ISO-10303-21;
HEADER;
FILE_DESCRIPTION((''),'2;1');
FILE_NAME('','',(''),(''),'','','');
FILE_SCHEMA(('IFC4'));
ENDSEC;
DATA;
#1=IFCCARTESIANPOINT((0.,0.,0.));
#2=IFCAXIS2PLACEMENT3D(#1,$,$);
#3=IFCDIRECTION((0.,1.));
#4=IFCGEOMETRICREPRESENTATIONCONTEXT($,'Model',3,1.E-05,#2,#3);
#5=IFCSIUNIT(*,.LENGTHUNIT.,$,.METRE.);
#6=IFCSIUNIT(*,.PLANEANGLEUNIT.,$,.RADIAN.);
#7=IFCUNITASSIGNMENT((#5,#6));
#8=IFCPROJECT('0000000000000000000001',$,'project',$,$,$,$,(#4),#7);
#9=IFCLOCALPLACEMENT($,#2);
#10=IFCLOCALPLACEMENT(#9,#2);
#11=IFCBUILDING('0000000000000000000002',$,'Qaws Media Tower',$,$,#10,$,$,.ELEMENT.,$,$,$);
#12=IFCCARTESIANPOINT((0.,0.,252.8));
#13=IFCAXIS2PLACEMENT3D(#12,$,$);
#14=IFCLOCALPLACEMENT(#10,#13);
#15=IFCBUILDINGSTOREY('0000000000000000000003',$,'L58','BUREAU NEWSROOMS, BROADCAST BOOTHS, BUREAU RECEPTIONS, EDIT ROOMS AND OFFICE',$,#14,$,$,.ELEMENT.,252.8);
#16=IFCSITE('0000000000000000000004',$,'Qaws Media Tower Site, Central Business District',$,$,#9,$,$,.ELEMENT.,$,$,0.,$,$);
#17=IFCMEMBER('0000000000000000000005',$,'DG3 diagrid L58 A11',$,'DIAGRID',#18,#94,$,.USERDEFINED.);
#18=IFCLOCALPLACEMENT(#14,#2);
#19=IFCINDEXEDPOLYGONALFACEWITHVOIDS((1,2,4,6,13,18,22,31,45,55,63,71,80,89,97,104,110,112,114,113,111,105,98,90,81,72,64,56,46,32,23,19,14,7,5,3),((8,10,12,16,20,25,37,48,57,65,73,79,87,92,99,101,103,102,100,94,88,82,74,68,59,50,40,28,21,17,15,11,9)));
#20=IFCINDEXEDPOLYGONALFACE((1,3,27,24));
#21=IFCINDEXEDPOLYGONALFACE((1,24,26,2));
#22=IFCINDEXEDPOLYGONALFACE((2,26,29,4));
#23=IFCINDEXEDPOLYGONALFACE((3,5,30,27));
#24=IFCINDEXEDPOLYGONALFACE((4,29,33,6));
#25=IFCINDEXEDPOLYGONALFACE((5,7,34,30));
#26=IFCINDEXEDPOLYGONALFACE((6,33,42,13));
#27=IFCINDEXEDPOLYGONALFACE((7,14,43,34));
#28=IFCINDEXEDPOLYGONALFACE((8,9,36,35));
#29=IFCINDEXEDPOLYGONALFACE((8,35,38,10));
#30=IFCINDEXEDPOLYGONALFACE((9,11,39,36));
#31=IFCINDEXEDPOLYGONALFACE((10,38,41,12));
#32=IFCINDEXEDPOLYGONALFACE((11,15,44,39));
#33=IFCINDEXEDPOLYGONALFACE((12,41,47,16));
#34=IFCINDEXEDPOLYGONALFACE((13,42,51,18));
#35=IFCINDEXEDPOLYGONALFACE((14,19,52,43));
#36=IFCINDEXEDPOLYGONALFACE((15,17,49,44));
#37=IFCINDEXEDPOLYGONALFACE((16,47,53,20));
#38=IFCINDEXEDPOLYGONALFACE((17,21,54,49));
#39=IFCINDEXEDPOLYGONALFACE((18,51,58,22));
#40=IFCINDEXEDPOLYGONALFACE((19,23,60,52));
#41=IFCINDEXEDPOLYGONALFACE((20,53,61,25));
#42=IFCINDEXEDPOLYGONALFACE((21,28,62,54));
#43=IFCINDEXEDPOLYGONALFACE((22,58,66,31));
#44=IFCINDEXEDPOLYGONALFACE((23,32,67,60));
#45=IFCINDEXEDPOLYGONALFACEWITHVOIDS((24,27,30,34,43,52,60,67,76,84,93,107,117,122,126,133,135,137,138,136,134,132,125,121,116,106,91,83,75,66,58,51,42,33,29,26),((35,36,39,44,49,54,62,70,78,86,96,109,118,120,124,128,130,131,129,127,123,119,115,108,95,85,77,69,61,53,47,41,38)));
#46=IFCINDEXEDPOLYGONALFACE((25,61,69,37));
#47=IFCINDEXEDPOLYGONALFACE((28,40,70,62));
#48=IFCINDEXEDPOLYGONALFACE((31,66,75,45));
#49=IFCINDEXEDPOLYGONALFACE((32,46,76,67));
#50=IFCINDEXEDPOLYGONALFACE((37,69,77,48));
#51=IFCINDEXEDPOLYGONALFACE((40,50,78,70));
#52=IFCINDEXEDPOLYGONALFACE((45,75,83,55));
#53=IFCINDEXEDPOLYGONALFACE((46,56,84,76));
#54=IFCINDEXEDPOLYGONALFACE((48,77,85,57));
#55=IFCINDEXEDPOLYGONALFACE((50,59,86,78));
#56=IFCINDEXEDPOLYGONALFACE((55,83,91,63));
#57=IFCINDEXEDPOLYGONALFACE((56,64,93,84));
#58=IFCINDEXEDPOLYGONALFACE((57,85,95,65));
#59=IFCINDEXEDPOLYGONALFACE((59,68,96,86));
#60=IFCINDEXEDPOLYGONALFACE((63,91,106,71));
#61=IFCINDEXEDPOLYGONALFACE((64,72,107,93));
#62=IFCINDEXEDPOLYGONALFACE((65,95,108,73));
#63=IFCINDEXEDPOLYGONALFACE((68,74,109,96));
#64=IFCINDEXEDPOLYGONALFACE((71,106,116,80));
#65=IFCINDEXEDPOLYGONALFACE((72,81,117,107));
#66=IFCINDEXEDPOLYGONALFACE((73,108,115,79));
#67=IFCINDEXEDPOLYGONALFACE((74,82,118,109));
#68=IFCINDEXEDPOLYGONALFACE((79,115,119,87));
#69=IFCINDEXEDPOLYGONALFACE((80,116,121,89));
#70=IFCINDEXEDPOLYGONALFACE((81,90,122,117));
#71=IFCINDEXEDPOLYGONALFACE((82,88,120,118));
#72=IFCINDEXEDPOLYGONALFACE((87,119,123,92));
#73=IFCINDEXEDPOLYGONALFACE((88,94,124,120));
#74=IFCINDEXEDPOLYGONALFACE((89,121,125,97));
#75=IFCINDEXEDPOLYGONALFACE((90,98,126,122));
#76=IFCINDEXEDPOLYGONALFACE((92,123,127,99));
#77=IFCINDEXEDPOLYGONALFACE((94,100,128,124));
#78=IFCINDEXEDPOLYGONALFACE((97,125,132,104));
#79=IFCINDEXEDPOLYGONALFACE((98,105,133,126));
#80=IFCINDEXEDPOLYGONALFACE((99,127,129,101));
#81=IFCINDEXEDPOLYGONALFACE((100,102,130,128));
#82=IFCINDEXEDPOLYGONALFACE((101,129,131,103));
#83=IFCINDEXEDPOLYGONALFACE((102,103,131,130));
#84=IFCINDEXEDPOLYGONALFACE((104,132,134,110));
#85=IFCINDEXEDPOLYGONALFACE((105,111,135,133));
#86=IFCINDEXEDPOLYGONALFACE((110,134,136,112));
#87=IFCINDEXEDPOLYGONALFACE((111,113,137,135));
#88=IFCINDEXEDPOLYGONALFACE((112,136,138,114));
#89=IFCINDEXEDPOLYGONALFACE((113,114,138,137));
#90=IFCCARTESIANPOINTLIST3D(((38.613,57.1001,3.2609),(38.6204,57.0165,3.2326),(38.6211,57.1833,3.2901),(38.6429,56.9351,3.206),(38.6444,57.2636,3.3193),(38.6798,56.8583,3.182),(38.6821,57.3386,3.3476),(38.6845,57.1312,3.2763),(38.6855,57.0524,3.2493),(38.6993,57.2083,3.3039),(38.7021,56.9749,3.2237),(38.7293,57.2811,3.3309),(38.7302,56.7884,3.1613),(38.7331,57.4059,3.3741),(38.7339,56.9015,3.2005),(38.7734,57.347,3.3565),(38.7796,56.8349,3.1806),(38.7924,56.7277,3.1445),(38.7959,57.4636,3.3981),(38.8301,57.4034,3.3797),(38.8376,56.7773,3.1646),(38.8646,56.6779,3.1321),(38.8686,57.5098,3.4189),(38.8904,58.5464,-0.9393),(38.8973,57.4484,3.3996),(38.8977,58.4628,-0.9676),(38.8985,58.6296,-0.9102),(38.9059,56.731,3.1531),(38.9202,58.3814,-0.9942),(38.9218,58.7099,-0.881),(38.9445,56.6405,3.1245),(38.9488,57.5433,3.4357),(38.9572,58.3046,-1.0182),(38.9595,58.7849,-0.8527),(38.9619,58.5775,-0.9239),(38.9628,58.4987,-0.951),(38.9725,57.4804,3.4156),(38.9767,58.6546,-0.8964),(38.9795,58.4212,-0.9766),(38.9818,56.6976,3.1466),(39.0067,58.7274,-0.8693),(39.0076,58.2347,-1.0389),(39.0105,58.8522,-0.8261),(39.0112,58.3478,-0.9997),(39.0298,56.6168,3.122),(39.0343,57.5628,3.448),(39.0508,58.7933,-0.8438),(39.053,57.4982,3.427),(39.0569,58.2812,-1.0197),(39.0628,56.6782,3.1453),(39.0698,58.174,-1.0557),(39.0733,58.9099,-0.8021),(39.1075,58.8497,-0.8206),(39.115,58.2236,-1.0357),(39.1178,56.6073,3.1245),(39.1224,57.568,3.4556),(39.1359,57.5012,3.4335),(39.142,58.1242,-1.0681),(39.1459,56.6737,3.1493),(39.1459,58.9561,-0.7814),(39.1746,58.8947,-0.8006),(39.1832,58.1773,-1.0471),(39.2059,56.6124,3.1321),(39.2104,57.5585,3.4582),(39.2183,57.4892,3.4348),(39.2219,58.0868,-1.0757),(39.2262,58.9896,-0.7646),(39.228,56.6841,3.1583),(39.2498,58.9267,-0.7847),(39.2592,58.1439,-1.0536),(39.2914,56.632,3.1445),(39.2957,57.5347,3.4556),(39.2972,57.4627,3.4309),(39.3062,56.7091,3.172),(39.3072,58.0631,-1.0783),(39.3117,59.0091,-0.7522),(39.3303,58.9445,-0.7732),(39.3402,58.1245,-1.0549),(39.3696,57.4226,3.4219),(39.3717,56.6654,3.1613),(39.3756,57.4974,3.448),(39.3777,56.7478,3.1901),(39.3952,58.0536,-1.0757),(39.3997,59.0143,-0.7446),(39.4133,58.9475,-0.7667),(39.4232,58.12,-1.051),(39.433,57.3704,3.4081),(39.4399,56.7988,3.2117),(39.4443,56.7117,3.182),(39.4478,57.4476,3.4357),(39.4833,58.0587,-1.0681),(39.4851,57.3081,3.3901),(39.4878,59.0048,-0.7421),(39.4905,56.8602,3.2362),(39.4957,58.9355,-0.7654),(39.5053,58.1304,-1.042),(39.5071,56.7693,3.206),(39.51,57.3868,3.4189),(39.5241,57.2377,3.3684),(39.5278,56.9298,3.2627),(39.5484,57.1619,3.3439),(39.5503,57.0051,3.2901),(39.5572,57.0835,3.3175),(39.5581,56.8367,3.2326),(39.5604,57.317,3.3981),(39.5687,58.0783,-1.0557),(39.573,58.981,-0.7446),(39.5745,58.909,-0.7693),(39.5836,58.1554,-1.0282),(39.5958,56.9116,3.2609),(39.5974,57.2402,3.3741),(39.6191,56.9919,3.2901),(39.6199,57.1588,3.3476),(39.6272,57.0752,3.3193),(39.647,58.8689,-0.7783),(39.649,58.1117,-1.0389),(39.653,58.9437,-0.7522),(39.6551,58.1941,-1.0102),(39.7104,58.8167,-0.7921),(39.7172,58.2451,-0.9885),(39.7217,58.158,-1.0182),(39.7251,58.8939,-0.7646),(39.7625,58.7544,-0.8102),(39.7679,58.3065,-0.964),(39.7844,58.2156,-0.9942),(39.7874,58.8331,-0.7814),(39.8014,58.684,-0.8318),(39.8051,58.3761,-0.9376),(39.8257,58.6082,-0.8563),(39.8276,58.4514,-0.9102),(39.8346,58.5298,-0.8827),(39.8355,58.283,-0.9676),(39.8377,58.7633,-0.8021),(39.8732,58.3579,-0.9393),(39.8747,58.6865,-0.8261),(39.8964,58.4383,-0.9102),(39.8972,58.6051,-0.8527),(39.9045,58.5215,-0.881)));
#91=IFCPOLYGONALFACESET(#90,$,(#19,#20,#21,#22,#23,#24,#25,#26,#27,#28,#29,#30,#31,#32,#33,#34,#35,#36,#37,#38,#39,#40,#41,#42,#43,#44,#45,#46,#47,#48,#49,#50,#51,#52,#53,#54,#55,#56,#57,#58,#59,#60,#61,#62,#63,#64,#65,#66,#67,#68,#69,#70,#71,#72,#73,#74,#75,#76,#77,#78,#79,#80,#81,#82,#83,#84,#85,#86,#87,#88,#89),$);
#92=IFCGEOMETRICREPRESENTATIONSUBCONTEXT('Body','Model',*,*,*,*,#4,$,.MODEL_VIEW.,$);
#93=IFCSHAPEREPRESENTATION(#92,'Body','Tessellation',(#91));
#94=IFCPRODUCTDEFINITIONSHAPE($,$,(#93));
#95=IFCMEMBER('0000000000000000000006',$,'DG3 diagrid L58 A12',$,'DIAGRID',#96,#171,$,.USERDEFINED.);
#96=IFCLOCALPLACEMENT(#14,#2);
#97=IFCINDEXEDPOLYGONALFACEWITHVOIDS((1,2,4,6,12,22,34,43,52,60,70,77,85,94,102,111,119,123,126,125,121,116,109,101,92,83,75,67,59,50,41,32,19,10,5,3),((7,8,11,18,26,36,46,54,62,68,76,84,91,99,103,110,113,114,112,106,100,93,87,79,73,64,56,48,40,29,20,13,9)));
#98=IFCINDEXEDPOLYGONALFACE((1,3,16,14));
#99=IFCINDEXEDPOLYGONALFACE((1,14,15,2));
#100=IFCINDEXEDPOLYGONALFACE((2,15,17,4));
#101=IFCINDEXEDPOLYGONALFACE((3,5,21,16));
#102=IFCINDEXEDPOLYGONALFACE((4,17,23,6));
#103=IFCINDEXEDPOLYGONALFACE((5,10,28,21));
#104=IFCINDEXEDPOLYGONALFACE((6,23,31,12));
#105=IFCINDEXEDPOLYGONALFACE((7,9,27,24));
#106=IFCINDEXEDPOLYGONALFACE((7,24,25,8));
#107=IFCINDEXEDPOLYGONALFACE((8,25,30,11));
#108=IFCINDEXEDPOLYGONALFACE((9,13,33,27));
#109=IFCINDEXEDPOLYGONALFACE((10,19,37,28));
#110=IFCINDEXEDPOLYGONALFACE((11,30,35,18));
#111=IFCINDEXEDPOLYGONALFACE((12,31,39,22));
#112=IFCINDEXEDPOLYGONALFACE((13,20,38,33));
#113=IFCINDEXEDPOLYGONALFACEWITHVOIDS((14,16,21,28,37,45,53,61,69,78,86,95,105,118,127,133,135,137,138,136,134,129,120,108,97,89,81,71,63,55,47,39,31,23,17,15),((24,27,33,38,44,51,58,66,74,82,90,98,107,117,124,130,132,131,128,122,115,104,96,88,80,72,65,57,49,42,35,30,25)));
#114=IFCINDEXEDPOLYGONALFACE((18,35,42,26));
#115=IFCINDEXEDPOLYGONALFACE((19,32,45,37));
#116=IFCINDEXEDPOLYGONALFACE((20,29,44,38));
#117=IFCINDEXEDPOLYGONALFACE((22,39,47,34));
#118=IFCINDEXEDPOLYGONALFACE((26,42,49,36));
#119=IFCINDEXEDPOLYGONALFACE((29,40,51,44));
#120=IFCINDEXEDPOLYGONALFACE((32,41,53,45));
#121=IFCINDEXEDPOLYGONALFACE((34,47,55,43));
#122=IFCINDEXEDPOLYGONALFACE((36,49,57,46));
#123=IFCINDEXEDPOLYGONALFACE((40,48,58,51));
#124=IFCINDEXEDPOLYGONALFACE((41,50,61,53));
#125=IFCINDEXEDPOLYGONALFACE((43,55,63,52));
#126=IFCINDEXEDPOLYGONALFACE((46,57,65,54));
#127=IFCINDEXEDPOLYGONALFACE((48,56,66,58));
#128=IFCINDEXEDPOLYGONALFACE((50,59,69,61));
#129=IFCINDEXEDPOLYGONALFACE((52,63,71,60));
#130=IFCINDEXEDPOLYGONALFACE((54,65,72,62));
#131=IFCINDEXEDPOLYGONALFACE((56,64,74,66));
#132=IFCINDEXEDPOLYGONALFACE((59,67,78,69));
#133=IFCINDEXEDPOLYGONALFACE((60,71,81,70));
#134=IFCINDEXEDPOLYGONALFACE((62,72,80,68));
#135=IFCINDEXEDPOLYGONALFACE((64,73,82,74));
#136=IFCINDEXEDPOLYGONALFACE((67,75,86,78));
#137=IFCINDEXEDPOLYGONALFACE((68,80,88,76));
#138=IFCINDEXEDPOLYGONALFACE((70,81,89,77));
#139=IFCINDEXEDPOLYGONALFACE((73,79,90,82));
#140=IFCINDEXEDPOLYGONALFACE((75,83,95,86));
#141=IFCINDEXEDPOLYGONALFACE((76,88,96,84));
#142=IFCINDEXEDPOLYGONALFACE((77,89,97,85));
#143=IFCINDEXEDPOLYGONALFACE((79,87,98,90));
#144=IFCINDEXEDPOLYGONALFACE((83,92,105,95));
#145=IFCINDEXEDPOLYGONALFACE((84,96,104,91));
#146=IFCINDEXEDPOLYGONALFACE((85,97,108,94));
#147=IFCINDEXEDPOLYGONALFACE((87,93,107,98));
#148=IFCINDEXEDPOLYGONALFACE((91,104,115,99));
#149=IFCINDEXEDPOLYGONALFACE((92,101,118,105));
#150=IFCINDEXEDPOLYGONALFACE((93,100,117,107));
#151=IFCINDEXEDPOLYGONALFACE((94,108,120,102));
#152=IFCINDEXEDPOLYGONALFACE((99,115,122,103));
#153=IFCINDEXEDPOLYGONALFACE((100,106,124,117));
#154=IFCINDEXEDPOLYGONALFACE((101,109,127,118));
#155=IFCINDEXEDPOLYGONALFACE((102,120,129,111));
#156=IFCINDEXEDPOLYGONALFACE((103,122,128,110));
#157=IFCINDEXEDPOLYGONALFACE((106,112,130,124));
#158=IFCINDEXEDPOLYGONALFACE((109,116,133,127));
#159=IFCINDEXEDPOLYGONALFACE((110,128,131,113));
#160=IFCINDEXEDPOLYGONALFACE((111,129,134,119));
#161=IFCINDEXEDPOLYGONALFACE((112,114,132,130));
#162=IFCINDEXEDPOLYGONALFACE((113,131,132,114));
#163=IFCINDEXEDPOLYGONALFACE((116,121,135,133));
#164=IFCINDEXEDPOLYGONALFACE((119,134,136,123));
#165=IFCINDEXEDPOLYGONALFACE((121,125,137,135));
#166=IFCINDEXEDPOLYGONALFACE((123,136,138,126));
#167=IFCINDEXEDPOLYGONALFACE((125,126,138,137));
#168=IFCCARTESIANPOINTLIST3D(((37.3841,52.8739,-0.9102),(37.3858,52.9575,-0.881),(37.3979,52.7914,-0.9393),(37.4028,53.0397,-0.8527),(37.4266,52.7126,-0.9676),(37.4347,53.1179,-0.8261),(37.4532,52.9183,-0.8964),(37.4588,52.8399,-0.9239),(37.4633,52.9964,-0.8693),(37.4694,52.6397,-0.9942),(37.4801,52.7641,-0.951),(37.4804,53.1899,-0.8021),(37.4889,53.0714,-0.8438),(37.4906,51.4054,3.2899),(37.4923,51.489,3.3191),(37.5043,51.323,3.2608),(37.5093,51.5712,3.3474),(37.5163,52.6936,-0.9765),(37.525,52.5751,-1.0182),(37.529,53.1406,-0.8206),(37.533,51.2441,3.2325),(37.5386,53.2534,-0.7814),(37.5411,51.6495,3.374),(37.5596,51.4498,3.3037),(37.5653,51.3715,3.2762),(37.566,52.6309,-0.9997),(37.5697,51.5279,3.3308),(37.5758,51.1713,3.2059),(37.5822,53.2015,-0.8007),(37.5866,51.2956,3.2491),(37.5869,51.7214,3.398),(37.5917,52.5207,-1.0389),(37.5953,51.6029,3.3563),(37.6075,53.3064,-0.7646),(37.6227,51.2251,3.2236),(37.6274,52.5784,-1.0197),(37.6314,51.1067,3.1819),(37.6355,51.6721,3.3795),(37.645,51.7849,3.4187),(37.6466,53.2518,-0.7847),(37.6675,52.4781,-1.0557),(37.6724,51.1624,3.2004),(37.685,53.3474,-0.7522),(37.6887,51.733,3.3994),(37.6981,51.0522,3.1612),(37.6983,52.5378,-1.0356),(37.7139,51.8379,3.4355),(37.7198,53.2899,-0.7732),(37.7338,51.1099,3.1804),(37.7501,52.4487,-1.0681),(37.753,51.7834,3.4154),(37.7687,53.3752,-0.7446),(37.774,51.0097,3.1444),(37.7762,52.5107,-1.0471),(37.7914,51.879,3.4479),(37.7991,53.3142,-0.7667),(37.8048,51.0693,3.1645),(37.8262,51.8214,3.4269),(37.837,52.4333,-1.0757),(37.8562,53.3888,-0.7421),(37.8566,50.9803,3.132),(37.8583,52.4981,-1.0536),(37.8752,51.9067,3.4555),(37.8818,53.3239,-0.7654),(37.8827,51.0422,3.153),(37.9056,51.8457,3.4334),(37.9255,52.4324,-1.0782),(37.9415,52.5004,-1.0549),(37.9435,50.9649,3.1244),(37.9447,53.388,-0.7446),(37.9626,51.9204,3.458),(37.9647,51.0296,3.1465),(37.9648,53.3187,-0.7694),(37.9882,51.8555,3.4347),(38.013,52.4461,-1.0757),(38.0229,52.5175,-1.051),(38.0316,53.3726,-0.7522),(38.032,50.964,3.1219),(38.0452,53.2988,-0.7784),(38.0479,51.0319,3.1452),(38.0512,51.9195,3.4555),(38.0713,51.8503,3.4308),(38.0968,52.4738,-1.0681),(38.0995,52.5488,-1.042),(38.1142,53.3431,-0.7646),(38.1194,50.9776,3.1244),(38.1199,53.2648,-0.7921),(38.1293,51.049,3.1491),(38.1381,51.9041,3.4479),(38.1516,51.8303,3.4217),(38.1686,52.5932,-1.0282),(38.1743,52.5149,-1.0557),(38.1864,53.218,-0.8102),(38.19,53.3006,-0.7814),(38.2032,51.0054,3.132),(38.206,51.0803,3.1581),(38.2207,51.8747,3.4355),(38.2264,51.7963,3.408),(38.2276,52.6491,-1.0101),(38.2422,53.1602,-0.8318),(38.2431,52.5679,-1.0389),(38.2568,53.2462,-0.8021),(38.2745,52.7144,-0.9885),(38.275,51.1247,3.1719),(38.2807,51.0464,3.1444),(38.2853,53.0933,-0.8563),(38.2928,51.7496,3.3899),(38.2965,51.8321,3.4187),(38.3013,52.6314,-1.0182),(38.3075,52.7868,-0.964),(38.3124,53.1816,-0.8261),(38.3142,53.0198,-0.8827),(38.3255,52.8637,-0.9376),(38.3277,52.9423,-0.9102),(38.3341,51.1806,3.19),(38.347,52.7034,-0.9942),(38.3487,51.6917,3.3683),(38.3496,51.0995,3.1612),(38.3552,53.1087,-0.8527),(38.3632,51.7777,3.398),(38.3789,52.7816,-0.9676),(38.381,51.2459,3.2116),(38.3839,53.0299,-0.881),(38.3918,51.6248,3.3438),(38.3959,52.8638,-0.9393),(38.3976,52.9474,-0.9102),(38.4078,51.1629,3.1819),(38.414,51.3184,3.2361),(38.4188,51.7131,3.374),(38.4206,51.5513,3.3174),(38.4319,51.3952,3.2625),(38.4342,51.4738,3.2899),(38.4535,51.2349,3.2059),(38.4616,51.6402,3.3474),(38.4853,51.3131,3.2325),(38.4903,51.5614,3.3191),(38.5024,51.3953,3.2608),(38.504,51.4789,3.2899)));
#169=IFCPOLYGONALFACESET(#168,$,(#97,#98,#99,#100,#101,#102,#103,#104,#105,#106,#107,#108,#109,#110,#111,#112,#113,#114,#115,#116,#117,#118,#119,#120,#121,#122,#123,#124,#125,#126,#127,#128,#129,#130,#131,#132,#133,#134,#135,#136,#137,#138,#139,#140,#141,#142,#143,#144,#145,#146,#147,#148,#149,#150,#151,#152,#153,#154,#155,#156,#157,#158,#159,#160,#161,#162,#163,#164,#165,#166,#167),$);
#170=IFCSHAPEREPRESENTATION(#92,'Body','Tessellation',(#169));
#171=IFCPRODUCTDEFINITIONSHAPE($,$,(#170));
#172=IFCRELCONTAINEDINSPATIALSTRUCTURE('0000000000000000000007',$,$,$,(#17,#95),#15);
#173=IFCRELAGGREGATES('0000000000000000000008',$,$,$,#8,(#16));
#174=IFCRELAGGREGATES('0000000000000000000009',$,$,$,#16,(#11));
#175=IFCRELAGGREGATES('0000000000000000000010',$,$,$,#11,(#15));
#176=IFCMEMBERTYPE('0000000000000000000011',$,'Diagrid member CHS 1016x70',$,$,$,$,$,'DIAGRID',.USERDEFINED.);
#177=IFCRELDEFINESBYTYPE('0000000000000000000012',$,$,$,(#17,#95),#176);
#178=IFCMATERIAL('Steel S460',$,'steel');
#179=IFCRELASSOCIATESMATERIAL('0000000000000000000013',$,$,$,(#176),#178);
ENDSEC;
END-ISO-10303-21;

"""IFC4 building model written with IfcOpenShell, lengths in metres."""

from ifc_helpers import new_model, si_unit, direction, frame, origin, origin_2d, place, context, subcontext, project, spatial, hollow_circle, extrude, material, material_profile, profile_set, type_object, element, save


model = new_model("IFC4")

# Units and contexts
model_context = context("Model", 3, precision=1e-05, world=origin(), true_north=direction((0.0, 1.0)))
body_context = subcontext(model_context, "Body", "Model", "MODEL_VIEW")
ifc_project = project(units=[si_unit("LENGTHUNIT", "METRE"), si_unit("PLANEANGLEUNIT", "RADIAN")], contexts=[model_context])

# Site, building, storey
site_placement = place(None, origin())
site = spatial("IfcSite", under=ifc_project, at=site_placement, Name="Qaws Media Tower Site, Central Business District", CompositionType="ELEMENT", RefElevation=0.0)
building_placement = place(site_placement, origin())
building = spatial("IfcBuilding", under=site, at=building_placement, Name="Qaws Media Tower", CompositionType="ELEMENT")
storey_placement = place(building_placement, frame((0.0, 0.0, 252.8)))
storey = spatial("IfcBuildingStorey", under=building, at=storey_placement, Name="L58", Description="BUREAU NEWSROOMS, BROADCAST BOOTHS, BUREAU RECEPTIONS, EDIT ROOMS AND OFFICE", CompositionType="ELEMENT", Elevation=252.8)

# Members
ifc_material_1 = material(Name="Steel S460", Category="steel")
ifc_material_profile_1 = material_profile(ifc_material_1, hollow_circle(Radius=0.5081, WallThickness=0.0701, at=origin_2d()), Name="CHS 1016x70")
ifc_profile_set_1 = profile_set([ifc_material_profile_1], Name="Steel S460")
member_type_1 = type_object("IfcMemberType", Name="Diagrid member CHS 1016x70", ElementType="DIAGRID", PredefinedType="USERDEFINED", material=ifc_profile_set_1)
member_1_placement = place(storey_placement, frame((39.3975, 58.5339, -0.9102), z_axis=(-0.062312, -0.324945, 0.943678), x_axis=(0.982106, -0.188331, 0.0)))
element("IfcMember", 1, at=member_1_placement, inside=storey, type_object=member_type_1, Name="DG3 diagrid L58 A11", ObjectType="DIAGRID", PredefinedType="USERDEFINED", context=body_context, shape_type="SweptSolid", body=[
    extrude(hollow_circle(Radius=0.5081, WallThickness=0.0701, at=origin_2d()), origin(), (0.0, 0.0, 1.0), 4.4509),
])
member_2_placement = place(storey_placement, frame((37.8909, 52.9106, -0.9102), z_axis=(0.023916, -0.329943, 0.943698), x_axis=(0.997383, 0.072296, 0.0)))
element("IfcMember", 2, at=member_2_placement, inside=storey, type_object=member_type_1, Name="DG3 diagrid L58 A12", ObjectType="DIAGRID", PredefinedType="USERDEFINED", context=body_context, shape_type="SweptSolid", body=[
    extrude(hollow_circle(Radius=0.5081, WallThickness=0.0701, at=origin_2d()), origin(), (0.0, 0.0, 1.0), 4.4507),
])

save(model, "model.ifc")
